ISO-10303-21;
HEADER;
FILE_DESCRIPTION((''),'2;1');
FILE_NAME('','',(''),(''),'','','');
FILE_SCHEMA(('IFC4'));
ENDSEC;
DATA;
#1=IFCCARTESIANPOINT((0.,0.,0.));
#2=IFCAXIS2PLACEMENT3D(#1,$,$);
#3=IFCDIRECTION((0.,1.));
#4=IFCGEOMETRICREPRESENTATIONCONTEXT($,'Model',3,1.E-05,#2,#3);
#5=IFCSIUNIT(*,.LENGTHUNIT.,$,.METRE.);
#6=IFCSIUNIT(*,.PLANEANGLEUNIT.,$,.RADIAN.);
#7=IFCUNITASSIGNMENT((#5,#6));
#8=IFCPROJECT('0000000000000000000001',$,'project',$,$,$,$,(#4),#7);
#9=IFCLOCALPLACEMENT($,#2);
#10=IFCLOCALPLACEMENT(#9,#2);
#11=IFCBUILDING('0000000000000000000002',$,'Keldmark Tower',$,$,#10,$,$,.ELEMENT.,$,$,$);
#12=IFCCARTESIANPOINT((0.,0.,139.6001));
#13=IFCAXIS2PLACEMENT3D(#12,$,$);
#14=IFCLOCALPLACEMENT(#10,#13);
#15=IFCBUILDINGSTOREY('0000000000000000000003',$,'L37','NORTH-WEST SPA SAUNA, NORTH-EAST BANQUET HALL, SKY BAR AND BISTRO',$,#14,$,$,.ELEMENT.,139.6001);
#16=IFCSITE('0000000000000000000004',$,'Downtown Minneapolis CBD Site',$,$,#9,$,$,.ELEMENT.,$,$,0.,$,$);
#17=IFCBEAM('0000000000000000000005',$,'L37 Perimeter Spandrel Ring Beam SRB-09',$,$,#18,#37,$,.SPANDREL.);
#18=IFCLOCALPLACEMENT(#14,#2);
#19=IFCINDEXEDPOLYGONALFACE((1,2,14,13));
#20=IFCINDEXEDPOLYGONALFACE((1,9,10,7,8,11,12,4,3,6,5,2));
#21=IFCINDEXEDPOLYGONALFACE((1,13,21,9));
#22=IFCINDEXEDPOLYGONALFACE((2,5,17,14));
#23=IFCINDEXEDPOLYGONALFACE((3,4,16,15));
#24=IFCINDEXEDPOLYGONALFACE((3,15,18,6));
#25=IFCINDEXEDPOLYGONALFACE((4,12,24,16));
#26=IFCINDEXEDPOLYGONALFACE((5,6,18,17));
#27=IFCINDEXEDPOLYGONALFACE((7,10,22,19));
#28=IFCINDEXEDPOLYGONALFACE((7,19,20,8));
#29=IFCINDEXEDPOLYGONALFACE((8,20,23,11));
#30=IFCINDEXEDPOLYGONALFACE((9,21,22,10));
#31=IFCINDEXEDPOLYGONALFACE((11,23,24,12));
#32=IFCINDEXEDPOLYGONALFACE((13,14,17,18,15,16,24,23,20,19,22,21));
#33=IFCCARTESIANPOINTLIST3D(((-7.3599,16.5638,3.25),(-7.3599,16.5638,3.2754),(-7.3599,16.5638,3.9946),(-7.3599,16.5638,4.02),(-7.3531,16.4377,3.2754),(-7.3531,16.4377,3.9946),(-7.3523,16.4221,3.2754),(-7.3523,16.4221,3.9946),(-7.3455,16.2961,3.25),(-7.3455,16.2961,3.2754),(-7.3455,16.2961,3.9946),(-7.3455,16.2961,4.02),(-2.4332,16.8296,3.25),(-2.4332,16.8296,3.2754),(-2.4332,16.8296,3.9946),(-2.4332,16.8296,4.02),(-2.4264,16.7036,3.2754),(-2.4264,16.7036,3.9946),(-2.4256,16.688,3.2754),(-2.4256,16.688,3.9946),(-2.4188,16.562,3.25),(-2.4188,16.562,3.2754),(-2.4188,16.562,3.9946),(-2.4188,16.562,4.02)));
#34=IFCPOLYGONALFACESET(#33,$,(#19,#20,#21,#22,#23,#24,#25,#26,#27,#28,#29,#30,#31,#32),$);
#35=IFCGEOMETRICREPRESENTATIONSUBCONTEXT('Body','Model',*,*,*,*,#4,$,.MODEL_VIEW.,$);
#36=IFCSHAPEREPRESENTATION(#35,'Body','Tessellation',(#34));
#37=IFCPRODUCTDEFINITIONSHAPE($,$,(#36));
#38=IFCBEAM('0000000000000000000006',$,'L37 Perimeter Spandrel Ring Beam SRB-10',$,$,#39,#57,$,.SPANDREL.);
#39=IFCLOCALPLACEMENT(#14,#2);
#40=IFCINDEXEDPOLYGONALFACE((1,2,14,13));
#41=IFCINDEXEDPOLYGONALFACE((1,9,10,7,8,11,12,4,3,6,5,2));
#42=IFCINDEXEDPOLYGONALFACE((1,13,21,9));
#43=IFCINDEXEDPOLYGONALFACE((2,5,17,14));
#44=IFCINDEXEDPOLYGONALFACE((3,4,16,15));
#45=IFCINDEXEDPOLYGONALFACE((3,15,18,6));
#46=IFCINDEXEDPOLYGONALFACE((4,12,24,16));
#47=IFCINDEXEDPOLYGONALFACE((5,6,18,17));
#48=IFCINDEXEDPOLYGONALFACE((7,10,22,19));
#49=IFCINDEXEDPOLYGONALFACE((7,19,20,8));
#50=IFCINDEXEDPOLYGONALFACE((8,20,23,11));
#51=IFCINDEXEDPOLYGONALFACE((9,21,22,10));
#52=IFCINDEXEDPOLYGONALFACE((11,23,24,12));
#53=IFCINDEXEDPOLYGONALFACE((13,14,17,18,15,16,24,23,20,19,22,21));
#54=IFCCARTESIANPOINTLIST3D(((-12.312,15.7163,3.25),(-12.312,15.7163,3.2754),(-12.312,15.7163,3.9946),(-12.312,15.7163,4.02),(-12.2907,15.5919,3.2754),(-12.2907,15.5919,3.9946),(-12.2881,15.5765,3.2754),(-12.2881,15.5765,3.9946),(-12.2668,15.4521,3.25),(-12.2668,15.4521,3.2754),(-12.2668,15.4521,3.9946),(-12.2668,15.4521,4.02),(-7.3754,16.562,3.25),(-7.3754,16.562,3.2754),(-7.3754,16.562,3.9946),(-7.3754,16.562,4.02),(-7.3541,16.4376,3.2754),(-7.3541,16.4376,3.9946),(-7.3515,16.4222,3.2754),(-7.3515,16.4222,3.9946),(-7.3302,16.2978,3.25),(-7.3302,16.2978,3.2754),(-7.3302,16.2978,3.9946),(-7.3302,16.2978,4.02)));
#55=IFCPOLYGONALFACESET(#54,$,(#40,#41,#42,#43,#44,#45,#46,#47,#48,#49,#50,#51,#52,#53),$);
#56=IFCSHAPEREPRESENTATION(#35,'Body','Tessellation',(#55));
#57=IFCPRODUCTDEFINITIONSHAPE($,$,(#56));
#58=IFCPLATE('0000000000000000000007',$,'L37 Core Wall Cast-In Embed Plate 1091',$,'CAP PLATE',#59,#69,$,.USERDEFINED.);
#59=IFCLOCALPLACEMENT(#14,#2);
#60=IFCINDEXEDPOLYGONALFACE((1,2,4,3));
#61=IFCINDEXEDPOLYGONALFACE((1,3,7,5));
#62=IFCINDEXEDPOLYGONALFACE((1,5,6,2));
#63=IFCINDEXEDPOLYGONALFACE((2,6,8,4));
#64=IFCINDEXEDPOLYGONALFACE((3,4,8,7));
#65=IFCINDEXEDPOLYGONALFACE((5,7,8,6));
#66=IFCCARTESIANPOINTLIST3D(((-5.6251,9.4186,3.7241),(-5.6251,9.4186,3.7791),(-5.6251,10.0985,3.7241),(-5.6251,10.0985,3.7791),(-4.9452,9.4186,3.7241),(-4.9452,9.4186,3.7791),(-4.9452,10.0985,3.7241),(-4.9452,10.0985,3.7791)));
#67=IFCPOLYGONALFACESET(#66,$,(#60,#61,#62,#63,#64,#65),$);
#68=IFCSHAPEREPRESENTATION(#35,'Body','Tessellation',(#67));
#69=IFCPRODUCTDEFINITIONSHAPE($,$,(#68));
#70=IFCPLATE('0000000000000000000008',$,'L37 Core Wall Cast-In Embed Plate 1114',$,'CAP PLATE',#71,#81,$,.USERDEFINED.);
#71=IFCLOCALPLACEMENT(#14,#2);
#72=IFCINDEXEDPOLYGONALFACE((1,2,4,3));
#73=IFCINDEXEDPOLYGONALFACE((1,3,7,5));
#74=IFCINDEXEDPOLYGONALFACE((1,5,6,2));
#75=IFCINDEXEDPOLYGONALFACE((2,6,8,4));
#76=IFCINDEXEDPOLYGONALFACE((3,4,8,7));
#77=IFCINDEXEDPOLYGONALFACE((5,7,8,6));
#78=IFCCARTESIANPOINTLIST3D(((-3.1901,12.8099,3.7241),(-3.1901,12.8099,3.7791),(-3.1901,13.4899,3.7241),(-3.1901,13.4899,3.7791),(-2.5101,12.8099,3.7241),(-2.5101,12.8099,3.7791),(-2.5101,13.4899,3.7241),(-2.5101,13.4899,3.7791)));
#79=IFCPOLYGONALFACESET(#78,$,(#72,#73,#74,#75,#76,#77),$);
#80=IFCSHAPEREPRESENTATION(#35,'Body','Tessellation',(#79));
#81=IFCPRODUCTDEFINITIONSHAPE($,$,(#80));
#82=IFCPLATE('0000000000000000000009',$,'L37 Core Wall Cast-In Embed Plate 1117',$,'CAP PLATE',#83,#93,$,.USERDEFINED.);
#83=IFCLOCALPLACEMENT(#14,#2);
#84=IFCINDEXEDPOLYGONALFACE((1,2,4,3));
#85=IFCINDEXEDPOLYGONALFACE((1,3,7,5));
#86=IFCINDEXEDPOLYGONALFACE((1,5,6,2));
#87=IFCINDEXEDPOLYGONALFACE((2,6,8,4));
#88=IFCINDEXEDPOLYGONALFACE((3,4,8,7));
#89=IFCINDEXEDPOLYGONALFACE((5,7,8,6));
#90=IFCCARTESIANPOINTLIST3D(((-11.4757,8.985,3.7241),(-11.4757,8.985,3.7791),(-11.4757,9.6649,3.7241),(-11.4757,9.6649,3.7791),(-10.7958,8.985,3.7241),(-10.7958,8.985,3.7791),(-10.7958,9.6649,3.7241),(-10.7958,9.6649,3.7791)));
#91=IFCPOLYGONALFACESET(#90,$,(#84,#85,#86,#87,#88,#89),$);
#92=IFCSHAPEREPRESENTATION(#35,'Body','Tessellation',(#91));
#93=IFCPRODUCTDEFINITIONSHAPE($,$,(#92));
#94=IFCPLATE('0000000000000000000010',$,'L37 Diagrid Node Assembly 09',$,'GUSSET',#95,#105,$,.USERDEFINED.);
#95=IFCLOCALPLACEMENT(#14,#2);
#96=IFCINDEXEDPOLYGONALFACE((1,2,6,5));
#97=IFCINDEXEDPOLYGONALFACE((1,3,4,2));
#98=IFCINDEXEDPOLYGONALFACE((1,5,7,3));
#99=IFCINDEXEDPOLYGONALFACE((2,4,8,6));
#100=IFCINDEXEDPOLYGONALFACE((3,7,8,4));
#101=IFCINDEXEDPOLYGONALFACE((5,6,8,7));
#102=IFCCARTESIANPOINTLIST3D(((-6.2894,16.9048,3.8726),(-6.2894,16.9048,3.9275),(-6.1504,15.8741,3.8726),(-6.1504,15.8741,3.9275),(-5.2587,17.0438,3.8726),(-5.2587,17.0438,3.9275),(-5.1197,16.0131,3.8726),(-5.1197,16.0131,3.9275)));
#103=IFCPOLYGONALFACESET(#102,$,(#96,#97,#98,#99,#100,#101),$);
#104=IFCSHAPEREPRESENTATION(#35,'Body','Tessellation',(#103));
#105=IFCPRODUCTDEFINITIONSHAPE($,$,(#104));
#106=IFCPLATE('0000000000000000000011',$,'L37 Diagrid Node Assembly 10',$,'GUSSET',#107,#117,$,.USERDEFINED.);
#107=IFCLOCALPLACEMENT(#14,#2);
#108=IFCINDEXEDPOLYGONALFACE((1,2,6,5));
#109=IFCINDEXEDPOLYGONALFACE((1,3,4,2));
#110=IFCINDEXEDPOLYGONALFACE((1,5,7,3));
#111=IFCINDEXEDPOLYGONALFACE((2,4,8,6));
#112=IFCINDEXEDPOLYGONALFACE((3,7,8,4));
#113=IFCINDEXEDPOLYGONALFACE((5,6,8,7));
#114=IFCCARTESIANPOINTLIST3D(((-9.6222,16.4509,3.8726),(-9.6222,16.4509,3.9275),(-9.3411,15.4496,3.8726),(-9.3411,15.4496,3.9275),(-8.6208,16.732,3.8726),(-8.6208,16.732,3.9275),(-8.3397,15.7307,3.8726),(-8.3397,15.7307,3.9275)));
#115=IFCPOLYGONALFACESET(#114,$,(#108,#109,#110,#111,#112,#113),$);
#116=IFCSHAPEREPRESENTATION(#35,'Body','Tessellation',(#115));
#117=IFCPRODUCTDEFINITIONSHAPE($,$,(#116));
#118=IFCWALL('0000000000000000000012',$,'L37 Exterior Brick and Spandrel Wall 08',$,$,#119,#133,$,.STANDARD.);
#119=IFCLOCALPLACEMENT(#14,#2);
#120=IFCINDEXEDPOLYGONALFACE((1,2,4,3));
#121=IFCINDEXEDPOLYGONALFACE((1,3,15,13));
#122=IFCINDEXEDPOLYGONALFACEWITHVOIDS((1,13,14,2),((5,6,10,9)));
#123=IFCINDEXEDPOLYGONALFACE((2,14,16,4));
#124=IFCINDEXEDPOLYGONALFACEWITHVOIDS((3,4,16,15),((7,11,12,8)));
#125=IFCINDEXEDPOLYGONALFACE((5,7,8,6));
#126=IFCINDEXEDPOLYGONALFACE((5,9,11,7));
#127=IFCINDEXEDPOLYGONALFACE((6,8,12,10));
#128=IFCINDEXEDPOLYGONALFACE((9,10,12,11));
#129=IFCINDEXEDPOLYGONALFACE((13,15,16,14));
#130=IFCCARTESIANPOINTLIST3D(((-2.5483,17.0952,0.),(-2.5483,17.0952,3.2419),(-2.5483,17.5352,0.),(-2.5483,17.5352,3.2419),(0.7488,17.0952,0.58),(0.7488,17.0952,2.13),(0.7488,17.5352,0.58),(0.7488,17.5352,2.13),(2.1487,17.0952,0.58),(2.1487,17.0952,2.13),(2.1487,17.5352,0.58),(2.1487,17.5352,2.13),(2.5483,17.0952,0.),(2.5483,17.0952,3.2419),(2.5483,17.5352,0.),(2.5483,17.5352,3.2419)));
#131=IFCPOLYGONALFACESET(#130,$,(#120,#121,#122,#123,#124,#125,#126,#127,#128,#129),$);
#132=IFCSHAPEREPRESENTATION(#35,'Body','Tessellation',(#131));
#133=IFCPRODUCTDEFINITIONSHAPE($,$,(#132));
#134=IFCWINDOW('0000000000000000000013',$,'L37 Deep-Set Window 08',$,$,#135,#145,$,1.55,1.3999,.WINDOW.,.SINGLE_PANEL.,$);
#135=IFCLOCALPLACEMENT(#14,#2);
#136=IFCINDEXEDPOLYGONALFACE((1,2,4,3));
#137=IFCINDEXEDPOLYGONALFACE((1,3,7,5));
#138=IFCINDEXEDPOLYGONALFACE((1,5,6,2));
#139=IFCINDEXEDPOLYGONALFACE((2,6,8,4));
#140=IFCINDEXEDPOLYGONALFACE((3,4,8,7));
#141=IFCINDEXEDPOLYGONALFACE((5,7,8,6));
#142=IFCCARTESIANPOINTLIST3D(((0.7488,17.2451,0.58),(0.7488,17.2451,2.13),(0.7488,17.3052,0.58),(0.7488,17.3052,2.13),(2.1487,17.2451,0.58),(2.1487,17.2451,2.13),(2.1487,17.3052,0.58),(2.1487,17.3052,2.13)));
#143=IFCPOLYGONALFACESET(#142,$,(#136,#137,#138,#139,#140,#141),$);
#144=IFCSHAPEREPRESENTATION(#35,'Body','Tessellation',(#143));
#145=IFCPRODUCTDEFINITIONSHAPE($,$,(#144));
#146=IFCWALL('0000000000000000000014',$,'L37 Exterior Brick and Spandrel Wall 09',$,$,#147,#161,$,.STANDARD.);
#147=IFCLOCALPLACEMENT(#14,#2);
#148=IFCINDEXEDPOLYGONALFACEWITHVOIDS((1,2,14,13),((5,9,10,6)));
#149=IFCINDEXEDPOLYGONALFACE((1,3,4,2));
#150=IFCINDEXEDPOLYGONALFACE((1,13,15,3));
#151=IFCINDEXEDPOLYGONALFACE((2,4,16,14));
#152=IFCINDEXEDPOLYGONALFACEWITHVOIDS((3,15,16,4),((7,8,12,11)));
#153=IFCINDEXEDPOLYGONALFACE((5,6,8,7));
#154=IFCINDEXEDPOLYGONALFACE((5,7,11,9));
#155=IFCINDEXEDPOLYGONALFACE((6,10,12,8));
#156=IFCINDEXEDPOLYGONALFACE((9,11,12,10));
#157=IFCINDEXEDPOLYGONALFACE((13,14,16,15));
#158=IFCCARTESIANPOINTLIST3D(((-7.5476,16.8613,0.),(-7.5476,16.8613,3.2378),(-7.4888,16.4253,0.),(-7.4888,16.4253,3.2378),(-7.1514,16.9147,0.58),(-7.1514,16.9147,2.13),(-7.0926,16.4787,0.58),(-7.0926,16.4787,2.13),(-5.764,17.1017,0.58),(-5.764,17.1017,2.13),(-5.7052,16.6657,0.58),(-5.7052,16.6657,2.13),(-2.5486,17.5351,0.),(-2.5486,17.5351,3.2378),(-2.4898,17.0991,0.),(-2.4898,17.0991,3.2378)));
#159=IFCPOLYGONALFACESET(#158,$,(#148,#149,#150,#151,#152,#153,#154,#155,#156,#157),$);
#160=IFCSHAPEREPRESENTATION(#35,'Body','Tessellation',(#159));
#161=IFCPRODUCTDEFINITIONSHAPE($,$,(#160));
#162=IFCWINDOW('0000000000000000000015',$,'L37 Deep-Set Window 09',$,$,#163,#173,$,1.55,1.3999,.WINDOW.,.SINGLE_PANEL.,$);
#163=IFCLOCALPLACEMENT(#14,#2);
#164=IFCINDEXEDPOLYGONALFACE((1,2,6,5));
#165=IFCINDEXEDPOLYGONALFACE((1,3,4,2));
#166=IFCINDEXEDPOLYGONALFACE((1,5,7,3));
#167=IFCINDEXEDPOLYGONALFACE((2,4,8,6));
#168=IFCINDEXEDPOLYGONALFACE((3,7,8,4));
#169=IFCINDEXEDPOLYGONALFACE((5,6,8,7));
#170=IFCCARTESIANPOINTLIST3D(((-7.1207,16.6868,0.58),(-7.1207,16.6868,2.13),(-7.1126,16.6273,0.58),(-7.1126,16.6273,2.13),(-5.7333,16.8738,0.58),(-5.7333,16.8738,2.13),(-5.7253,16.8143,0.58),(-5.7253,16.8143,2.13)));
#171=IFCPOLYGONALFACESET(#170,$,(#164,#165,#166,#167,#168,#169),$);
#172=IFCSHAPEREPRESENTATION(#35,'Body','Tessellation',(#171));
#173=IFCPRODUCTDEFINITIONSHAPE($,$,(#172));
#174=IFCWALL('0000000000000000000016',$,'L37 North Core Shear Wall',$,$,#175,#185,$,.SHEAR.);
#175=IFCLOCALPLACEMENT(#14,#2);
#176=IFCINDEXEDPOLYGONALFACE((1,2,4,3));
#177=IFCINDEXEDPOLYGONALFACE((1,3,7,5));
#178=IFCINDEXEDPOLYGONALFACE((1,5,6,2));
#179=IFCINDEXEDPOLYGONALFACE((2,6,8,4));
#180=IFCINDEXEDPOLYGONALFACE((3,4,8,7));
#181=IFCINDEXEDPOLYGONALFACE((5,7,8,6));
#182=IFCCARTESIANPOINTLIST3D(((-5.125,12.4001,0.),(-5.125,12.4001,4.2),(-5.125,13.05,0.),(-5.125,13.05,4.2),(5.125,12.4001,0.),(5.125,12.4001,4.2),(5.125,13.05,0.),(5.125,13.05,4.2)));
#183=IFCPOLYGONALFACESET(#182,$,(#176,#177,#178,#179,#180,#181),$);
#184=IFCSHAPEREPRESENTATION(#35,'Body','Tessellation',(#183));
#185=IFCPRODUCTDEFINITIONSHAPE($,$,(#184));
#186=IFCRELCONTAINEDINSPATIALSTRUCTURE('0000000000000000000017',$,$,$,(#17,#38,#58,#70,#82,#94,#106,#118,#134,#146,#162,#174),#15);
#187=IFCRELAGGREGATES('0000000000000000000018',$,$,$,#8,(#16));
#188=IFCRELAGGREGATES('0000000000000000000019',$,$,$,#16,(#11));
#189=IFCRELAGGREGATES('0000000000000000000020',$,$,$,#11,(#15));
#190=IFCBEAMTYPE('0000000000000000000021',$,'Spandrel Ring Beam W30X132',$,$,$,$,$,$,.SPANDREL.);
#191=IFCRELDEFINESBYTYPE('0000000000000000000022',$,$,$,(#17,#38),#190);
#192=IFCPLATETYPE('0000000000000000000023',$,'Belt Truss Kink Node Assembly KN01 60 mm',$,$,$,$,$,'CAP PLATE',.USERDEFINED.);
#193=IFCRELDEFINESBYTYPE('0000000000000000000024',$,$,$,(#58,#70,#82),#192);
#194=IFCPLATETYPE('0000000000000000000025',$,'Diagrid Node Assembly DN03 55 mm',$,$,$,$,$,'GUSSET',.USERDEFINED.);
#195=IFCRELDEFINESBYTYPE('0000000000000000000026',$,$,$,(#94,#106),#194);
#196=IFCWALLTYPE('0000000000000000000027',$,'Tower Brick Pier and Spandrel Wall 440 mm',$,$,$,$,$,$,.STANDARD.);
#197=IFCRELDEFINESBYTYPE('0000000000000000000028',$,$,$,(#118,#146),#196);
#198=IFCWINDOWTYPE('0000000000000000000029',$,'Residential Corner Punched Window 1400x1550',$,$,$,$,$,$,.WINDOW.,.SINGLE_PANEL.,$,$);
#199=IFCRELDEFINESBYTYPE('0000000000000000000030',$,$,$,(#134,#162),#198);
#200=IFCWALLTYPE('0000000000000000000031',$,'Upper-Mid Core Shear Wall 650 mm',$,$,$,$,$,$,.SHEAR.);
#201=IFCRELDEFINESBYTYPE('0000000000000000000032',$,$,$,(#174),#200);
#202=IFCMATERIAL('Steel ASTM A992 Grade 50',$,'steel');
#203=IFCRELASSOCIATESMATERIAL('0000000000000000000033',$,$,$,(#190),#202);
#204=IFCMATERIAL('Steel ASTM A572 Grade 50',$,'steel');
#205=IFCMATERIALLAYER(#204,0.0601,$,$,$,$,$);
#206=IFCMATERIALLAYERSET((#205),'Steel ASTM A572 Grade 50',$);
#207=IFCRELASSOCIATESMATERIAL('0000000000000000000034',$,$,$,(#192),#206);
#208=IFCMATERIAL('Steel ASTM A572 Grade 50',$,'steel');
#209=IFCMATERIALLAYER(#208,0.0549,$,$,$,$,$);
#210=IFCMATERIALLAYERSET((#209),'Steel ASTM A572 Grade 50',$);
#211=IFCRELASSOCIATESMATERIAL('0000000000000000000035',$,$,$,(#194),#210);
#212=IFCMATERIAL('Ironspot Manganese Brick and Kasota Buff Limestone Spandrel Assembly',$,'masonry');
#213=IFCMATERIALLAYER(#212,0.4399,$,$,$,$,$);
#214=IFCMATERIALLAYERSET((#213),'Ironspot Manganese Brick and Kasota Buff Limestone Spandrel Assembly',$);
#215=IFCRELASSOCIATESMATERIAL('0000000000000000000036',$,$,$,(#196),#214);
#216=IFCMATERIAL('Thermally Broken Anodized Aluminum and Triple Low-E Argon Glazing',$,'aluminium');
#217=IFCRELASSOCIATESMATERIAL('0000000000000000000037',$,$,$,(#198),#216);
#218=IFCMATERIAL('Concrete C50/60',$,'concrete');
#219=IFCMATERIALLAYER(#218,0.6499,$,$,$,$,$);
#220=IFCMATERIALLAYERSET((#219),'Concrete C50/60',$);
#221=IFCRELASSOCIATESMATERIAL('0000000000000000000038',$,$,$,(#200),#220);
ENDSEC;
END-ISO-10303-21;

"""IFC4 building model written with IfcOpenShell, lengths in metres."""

from ifc_helpers import new_model, si_unit, direction, frame, frame_2d, origin, origin_2d, place, context, subcontext, project, spatial, rectangle, i_section, extrude, material, layer, layer_set, material_profile, profile_set, type_object, element, fill, save


model = new_model("IFC4")

# Units and contexts
model_context = context("Model", 3, precision=1e-05, world=origin(), true_north=direction((0.0, 1.0)))
body_context = subcontext(model_context, "Body", "Model", "MODEL_VIEW")
ifc_project = project(units=[si_unit("LENGTHUNIT", "METRE"), si_unit("PLANEANGLEUNIT", "RADIAN")], contexts=[model_context])

# Site, building, storey
site_placement = place(None, origin())
site = spatial("IfcSite", under=ifc_project, at=site_placement, Name="Downtown Minneapolis CBD Site", CompositionType="ELEMENT", RefElevation=0.0)
building_placement = place(site_placement, origin())
building = spatial("IfcBuilding", under=site, at=building_placement, Name="Keldmark Tower", CompositionType="ELEMENT")
storey_placement = place(building_placement, frame((0.0, 0.0, 139.6001)))
storey = spatial("IfcBuildingStorey", under=building, at=storey_placement, Name="L37", Description="NORTH-WEST SPA SAUNA, NORTH-EAST BANQUET HALL, SKY BAR AND BISTRO", CompositionType="ELEMENT", Elevation=139.6001)

# Beams
ifc_material_1 = material(Name="Steel ASTM A992 Grade 50", Category="steel")
ifc_material_profile_1 = material_profile(ifc_material_1, i_section(OverallWidth=0.2681, OverallDepth=0.77, WebThickness=0.0156, FlangeThickness=0.0254, at=origin_2d()), Name="W30X132")
ifc_profile_set_1 = profile_set([ifc_material_profile_1], Name="Steel ASTM A992 Grade 50")
beam_type_1 = type_object("IfcBeamType", Name="Spandrel Ring Beam W30X132", PredefinedType="SPANDREL", material=ifc_profile_set_1)
beam_1_placement = place(storey_placement, frame((-2.426, 16.6958, 3.635), z_axis=(-0.998547, -0.053886, 0.0), x_axis=(0.053886, -0.998547, 0.0)))
element("IfcBeam", 1, at=beam_1_placement, inside=storey, type_object=beam_type_1, Name="L37 Perimeter Spandrel Ring Beam SRB-09", PredefinedType="SPANDREL", context=body_context, shape_type="SweptSolid", body=[
    extrude(i_section(OverallWidth=0.2681, OverallDepth=0.77, WebThickness=0.0156, FlangeThickness=0.0254, at=origin_2d()), origin(), (0.0, 0.0, 1.0), 4.9338),
])
beam_2_placement = place(storey_placement, frame((-7.3528, 16.4299, 3.635), z_axis=(-0.985641, -0.168856, 0.0), x_axis=(0.168856, -0.985641, 0.0)))
element("IfcBeam", 2, at=beam_2_placement, inside=storey, type_object=beam_type_1, Name="L37 Perimeter Spandrel Ring Beam SRB-10", PredefinedType="SPANDREL", context=body_context, shape_type="SweptSolid", body=[
    extrude(i_section(OverallWidth=0.2681, OverallDepth=0.77, WebThickness=0.0156, FlangeThickness=0.0254, at=origin_2d()), origin(), (0.0, 0.0, 1.0), 5.0085),
])

# Plates
ifc_material_2 = material(Name="Steel ASTM A572 Grade 50", Category="steel")
ifc_layer_1 = layer(ifc_material_2, 0.0601)
ifc_layer_set_1 = layer_set([ifc_layer_1], Name="Steel ASTM A572 Grade 50")
plate_type_1 = type_object("IfcPlateType", Name="Belt Truss Kink Node Assembly KN01 60 mm", ElementType="CAP PLATE", PredefinedType="USERDEFINED", material=ifc_layer_set_1)
for number, where, z_axis, x_axis, name in (
    (3, (-5.2852, 9.7585, 3.7241), (0.0, 0.0, 1.0), (1.0, 0.0, 0.0), "L37 Core Wall Cast-In Embed Plate 1091"),
    (4, (-2.8501, 13.1499, 3.7241), (0.0, 0.0, 1.0), (1.0, 0.0, 0.0), "L37 Core Wall Cast-In Embed Plate 1114"),
    (5, (-11.1357, 9.325, 3.7241), (0.0, 0.0, 1.0), (1.0, 0.0, 0.0), "L37 Core Wall Cast-In Embed Plate 1117"),
):
    element("IfcPlate", number, at=place(storey_placement, frame(where, z_axis=z_axis, x_axis=x_axis)), inside=storey, type_object=plate_type_1, Name=name, ObjectType="CAP PLATE", PredefinedType="USERDEFINED", context=body_context, shape_type="SweptSolid", body=[
        extrude(rectangle(XDim=0.6799, YDim=0.6799, at=origin_2d()), origin(), (0.0, 0.0, 1.0), 0.0549),
    ])
ifc_material_3 = material(Name="Steel ASTM A572 Grade 50", Category="steel")
ifc_layer_2 = layer(ifc_material_3, 0.0549)
ifc_layer_set_2 = layer_set([ifc_layer_2], Name="Steel ASTM A572 Grade 50")
plate_type_2 = type_object("IfcPlateType", Name="Diagrid Node Assembly DN03 55 mm", ElementType="GUSSET", PredefinedType="USERDEFINED", material=ifc_layer_set_2)
for number, where, z_axis, x_axis, name in (
    (6, (-5.7046, 16.459, 3.8726), (0.0, 0.0, 1.0), (-0.99103, -0.13364, 0.0), "L37 Diagrid Node Assembly 09"),
    (7, (-8.981, 16.0908, 3.8726), (0.0, 0.0, 1.0), (-0.962786, -0.270264, 0.0), "L37 Diagrid Node Assembly 10"),
):
    element("IfcPlate", number, at=place(storey_placement, frame(where, z_axis=z_axis, x_axis=x_axis)), inside=storey, type_object=plate_type_2, Name=name, ObjectType="GUSSET", PredefinedType="USERDEFINED", context=body_context, shape_type="SweptSolid", body=[
        extrude(rectangle(XDim=1.04, YDim=1.04, at=origin_2d()), origin(), (0.0, 0.0, 1.0), 0.0549),
    ])

# Walls, openings, windows
ifc_material_4 = material(Name="Ironspot Manganese Brick and Kasota Buff Limestone Spandrel Assembly", Category="masonry")
ifc_layer_3 = layer(ifc_material_4, 0.4399)
ifc_layer_set_3 = layer_set([ifc_layer_3], Name="Ironspot Manganese Brick and Kasota Buff Limestone Spandrel Assembly")
wall_type_1 = type_object("IfcWallType", Name="Tower Brick Pier and Spandrel Wall 440 mm", PredefinedType="STANDARD", material=ifc_layer_set_3)
wall_1_placement = place(storey_placement, frame((-2.5483, 17.3152, 0.0), z_axis=(0.0, 0.0, 1.0), x_axis=(1.0, 0.0, 0.0)))
wall_1 = element("IfcWall", 8, at=wall_1_placement, inside=storey, type_object=wall_type_1, Name="L37 Exterior Brick and Spandrel Wall 08", PredefinedType="STANDARD", context=body_context, shape_type="SweptSolid", body=[
    extrude(rectangle(XDim=5.0967, YDim=0.4399, at=frame_2d((2.5483, 0.0))), origin(), (0.0, 0.0, 1.0), 3.2419),
])
opening_1_placement = place(wall_1_placement, frame((3.2971, 0.0, 0.5801)))
opening_1 = element("IfcOpeningElement", 9, at=opening_1_placement, cuts=wall_1, PredefinedType="OPENING", context=body_context, shape_type="SweptSolid", body=[
    extrude(rectangle(XDim=1.3999, YDim=1.55, at=frame_2d((0.7, 0.7749))), frame((0.0, 0.23, 0.0), z_axis=(0.0, -1.0, 0.0), x_axis=(1.0, 0.0, 0.0)), (0.0, 0.0, 1.0), 0.46),
])
ifc_material_5 = material(Name="Thermally Broken Anodized Aluminum and Triple Low-E Argon Glazing", Category="aluminium")
window_type = type_object("IfcWindowType", Name="Residential Corner Punched Window 1400x1550", PartitioningType="SINGLE_PANEL", PredefinedType="WINDOW", material=ifc_material_5)
window_1_placement = place(opening_1_placement, origin())
window_1 = element("IfcWindow", 10, at=window_1_placement, inside=storey, type_object=window_type, Name="L37 Deep-Set Window 08", OverallHeight=1.55, OverallWidth=1.3999, PartitioningType="SINGLE_PANEL", PredefinedType="WINDOW", context=body_context, shape_type="SweptSolid", body=[
    extrude(rectangle(XDim=1.3999, YDim=1.55, at=frame_2d((0.7, 0.7749))), frame((0.0, -0.01, 0.0), z_axis=(0.0, -1.0, 0.0), x_axis=(1.0, 0.0, 0.0)), (0.0, 0.0, 1.0), 0.0601),
])
fill(opening_1, window_1)
wall_2_placement = place(storey_placement, frame((-7.5181, 16.6433, 0.0), z_axis=(0.0, 0.0, 1.0), x_axis=(0.991038, 0.133584, 0.0)))
wall_2 = element("IfcWall", 11, at=wall_2_placement, inside=storey, type_object=wall_type_1, Name="L37 Exterior Brick and Spandrel Wall 09", PredefinedType="STANDARD", context=body_context, shape_type="SweptSolid", body=[
    extrude(rectangle(XDim=5.0442, YDim=0.4399, at=frame_2d((2.522, 0.0))), origin(), (0.0, 0.0, 1.0), 3.2378),
])
opening_2_placement = place(wall_2_placement, frame((0.3997, 0.0, 0.5801)))
opening_2 = element("IfcOpeningElement", 12, at=opening_2_placement, cuts=wall_2, PredefinedType="OPENING", context=body_context, shape_type="SweptSolid", body=[
    extrude(rectangle(XDim=1.3999, YDim=1.55, at=frame_2d((0.7, 0.7749))), frame((0.0, 0.23, 0.0), z_axis=(0.0, -1.0, 0.0), x_axis=(1.0, 0.0, 0.0)), (0.0, 0.0, 1.0), 0.46),
])
window_2_placement = place(opening_2_placement, origin())
window_2 = element("IfcWindow", 13, at=window_2_placement, inside=storey, type_object=window_type, Name="L37 Deep-Set Window 09", OverallHeight=1.55, OverallWidth=1.3999, PartitioningType="SINGLE_PANEL", PredefinedType="WINDOW", context=body_context, shape_type="SweptSolid", body=[
    extrude(rectangle(XDim=1.3999, YDim=1.55, at=frame_2d((0.7, 0.7749))), frame((0.0, -0.01, 0.0), z_axis=(0.0, -1.0, 0.0), x_axis=(1.0, 0.0, 0.0)), (0.0, 0.0, 1.0), 0.0601),
])
fill(opening_2, window_2)

# Wall
ifc_material_6 = material(Name="Concrete C50/60", Category="concrete")
ifc_layer_4 = layer(ifc_material_6, 0.6499)
ifc_layer_set_4 = layer_set([ifc_layer_4], Name="Concrete C50/60")
wall_type_2 = type_object("IfcWallType", Name="Upper-Mid Core Shear Wall 650 mm", PredefinedType="SHEAR", material=ifc_layer_set_4)
wall_3_placement = place(storey_placement, frame((-5.125, 12.7251, 0.0), z_axis=(0.0, 0.0, 1.0), x_axis=(1.0, 0.0, 0.0)))
element("IfcWall", 14, at=wall_3_placement, inside=storey, type_object=wall_type_2, Name="L37 North Core Shear Wall", PredefinedType="SHEAR", context=body_context, shape_type="SweptSolid", body=[
    extrude(rectangle(XDim=10.25, YDim=0.6499, at=frame_2d((5.125, 0.0))), origin(), (0.0, 0.0, 1.0), 4.2),
])

save(model, "model.ifc")
